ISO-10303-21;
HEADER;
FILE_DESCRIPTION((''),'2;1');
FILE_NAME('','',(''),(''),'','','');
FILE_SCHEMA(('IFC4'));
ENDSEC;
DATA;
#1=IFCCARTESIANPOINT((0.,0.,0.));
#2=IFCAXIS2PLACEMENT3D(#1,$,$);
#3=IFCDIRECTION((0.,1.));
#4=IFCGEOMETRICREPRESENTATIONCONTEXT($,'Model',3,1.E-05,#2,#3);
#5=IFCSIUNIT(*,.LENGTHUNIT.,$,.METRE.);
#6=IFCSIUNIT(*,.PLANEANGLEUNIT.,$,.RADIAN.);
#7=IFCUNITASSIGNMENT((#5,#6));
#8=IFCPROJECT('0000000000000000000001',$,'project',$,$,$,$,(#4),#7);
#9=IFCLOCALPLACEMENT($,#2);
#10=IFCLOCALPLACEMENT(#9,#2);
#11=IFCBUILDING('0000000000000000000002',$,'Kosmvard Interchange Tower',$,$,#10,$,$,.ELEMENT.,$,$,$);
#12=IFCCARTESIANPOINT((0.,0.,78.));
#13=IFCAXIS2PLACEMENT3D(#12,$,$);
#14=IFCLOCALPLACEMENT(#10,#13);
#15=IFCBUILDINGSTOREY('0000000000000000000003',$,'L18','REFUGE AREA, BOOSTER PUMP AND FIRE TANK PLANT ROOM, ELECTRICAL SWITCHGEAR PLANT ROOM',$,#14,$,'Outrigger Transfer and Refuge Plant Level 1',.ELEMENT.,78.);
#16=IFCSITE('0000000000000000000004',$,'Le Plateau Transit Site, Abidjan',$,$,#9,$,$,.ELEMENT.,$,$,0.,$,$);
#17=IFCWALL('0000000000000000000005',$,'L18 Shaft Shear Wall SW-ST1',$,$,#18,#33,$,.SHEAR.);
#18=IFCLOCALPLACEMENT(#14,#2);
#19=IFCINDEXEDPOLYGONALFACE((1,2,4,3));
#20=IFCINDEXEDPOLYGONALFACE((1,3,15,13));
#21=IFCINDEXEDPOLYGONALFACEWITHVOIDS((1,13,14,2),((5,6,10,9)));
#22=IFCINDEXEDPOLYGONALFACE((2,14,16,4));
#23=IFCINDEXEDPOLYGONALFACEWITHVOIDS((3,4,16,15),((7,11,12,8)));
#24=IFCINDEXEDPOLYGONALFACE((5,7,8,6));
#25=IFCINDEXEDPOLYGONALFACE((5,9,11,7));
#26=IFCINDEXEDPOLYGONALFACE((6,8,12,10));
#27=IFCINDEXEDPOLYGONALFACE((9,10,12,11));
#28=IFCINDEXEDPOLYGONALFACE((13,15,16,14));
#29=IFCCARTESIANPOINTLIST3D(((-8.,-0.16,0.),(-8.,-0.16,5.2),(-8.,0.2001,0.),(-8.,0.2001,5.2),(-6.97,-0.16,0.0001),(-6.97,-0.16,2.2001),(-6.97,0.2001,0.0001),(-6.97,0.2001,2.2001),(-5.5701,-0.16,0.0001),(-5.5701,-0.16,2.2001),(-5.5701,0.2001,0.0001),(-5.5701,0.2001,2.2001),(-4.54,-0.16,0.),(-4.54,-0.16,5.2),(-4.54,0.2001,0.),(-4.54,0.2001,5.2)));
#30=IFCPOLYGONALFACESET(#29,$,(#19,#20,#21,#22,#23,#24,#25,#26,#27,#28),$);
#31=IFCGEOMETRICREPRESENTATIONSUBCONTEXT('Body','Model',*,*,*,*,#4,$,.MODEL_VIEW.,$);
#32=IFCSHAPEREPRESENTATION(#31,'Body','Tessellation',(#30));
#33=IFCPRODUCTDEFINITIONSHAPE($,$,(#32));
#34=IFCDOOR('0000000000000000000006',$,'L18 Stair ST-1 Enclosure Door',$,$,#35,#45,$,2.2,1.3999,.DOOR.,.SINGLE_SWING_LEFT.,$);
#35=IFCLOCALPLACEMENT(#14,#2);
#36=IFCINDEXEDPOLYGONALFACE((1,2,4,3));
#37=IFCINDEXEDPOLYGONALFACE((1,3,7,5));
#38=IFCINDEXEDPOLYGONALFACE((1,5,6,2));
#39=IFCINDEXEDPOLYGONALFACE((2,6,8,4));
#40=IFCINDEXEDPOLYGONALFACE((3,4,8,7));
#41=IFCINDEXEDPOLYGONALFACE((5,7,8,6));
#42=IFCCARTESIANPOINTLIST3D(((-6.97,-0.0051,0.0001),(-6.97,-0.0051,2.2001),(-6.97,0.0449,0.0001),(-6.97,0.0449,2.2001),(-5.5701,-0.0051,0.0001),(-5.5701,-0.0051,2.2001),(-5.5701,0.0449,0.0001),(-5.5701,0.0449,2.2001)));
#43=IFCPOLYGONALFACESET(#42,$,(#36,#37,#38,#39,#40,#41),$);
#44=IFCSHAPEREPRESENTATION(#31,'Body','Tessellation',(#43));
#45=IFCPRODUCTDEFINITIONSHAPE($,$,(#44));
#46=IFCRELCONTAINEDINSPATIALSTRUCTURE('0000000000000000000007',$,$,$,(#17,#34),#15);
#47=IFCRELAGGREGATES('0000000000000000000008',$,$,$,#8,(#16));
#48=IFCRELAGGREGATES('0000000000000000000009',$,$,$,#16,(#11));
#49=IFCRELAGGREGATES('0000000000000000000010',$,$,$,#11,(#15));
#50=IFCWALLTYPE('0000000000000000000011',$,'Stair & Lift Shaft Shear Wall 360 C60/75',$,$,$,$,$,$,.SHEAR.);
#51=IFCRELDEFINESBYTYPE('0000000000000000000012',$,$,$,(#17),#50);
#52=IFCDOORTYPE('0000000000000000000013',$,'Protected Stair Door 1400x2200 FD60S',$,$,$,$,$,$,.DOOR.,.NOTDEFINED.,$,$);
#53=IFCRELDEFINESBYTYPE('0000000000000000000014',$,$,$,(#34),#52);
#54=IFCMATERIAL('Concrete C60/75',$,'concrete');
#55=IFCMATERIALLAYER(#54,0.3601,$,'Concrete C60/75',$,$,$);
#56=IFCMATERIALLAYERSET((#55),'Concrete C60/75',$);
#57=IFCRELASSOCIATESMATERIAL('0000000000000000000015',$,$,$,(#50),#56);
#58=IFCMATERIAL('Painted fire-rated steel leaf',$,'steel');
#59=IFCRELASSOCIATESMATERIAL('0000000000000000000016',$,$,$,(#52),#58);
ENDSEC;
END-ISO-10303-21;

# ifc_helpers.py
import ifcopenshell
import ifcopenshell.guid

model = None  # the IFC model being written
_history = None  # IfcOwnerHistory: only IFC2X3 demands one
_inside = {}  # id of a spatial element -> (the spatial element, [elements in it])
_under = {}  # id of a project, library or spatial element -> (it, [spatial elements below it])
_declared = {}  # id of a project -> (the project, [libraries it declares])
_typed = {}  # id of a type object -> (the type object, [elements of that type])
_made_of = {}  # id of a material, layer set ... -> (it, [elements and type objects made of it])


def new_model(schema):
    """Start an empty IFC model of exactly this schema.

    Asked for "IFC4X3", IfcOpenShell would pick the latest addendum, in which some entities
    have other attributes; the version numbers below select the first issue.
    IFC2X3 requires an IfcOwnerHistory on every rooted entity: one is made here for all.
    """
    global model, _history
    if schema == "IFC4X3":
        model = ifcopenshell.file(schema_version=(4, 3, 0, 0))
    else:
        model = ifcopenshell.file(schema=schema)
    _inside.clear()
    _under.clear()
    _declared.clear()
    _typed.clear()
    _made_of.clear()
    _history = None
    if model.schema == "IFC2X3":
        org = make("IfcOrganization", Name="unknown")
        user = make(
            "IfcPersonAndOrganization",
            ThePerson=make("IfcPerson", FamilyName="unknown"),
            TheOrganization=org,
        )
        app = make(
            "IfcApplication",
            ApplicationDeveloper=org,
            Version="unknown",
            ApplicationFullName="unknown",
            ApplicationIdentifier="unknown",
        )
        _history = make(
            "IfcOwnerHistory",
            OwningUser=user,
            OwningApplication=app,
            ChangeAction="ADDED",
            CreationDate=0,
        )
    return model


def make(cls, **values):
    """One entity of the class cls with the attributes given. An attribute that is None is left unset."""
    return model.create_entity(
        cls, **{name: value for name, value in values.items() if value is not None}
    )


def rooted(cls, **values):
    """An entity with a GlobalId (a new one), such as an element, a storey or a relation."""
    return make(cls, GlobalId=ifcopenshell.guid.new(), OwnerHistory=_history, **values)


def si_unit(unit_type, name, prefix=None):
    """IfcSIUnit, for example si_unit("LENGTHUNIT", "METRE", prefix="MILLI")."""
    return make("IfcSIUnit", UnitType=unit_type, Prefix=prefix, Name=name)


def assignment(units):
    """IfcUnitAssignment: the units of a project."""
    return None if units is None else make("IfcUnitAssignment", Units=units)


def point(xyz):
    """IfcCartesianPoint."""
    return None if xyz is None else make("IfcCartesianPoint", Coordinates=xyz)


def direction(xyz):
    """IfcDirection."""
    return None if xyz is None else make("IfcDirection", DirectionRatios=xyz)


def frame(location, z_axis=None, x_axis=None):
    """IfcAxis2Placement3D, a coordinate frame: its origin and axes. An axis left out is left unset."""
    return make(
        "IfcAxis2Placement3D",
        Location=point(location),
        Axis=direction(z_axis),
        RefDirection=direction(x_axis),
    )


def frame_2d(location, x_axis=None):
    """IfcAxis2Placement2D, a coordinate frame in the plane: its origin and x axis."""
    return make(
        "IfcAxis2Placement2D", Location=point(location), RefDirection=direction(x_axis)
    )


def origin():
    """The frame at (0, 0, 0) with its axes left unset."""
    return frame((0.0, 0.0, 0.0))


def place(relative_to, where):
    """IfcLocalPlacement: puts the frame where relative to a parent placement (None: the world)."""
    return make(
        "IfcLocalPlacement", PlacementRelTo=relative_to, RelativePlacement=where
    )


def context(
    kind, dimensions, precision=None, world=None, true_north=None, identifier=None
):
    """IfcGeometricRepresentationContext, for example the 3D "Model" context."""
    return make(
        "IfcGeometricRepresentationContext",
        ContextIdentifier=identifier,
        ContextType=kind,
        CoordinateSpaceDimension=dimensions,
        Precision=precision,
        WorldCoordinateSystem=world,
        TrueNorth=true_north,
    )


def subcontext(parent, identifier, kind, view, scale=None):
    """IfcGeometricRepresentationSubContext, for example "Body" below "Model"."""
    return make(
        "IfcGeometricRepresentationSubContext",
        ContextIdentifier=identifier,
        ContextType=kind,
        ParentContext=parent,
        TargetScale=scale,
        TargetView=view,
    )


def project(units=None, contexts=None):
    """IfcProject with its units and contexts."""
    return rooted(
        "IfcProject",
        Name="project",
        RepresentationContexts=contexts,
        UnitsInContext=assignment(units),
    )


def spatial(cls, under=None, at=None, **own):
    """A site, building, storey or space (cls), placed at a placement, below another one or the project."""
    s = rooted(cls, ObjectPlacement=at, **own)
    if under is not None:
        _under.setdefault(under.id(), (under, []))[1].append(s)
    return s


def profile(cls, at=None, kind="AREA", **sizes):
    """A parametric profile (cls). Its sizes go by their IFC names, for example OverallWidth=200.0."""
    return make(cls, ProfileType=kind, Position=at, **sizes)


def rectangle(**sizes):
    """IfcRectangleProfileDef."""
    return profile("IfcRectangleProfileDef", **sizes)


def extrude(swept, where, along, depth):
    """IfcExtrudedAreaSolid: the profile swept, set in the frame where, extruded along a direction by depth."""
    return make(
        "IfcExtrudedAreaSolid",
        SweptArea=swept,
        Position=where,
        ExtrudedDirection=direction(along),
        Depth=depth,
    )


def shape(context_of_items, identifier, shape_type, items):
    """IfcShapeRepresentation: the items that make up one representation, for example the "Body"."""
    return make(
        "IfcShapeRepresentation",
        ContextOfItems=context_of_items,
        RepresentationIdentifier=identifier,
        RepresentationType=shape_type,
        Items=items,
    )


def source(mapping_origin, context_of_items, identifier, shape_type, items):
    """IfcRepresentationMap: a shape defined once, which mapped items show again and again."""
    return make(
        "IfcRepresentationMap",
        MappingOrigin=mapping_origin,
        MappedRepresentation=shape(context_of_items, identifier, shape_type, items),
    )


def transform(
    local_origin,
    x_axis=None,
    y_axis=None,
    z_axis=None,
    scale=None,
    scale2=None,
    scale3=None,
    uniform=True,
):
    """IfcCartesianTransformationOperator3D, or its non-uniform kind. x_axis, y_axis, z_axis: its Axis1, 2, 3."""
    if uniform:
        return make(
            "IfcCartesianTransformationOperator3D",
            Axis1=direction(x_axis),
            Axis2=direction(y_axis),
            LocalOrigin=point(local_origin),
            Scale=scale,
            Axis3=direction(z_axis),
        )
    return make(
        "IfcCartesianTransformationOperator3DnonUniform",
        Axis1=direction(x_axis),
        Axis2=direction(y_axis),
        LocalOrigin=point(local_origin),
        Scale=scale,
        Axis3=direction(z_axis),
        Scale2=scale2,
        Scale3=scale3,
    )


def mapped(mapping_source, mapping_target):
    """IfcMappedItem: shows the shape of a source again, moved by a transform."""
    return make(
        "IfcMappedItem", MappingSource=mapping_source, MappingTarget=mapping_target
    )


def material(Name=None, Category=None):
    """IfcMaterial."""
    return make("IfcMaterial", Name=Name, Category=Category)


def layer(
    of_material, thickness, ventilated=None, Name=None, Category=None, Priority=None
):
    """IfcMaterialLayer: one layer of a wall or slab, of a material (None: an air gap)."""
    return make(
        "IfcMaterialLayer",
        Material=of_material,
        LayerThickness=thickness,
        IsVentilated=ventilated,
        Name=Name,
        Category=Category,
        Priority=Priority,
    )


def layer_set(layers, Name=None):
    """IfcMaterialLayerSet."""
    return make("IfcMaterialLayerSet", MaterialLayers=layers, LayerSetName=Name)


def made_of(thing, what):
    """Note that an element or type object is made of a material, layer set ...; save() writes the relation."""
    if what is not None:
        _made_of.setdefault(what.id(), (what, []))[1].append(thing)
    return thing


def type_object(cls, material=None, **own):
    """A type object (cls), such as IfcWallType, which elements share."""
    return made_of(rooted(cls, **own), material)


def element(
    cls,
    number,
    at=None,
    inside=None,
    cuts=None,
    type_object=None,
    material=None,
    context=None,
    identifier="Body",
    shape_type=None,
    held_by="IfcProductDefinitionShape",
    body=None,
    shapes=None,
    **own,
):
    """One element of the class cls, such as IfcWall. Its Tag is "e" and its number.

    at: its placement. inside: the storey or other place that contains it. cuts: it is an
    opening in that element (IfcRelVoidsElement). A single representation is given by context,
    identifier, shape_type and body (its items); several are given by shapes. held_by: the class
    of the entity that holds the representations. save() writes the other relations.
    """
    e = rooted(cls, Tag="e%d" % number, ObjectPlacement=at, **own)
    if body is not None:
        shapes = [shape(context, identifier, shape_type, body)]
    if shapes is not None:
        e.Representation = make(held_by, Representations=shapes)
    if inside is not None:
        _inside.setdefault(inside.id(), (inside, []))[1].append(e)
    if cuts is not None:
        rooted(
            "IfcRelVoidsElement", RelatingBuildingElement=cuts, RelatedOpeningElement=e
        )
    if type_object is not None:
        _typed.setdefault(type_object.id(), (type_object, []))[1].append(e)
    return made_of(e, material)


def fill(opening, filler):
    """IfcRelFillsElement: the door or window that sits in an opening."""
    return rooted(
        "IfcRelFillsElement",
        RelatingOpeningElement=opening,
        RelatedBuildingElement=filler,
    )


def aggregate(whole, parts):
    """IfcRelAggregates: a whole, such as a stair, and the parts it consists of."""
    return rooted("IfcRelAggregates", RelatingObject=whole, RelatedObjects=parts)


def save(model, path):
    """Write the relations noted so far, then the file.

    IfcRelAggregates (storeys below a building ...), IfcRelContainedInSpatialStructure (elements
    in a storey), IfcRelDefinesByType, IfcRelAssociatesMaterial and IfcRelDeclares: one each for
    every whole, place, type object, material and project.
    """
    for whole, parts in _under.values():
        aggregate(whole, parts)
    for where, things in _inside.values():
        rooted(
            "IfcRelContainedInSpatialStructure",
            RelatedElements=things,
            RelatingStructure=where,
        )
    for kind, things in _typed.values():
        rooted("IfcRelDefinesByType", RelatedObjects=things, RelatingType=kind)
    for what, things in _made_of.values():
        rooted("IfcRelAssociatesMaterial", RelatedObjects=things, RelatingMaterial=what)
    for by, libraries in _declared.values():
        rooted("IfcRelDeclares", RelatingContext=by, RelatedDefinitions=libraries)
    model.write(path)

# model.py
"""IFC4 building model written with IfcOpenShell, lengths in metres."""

from ifc_helpers import new_model, si_unit, direction, frame, frame_2d, origin, place, context, subcontext, project, spatial, rectangle, extrude, source, transform, mapped, material, layer, layer_set, type_object, element, fill, save


model = new_model("IFC4")

# Units and contexts
model_context = context("Model", 3, precision=1e-05, world=origin(), true_north=direction((0.0, 1.0)))
body_context = subcontext(model_context, "Body", "Model", "MODEL_VIEW")
ifc_project = project(units=[si_unit("LENGTHUNIT", "METRE"), si_unit("PLANEANGLEUNIT", "RADIAN")], contexts=[model_context])

# Site, building, storey
site_placement = place(None, origin())
site = spatial("IfcSite", under=ifc_project, at=site_placement, Name="Le Plateau Transit Site, Abidjan", CompositionType="ELEMENT", RefElevation=0.0)
building_placement = place(site_placement, origin())
building = spatial("IfcBuilding", under=site, at=building_placement, Name="Kosmvard Interchange Tower", CompositionType="ELEMENT")
storey_placement = place(building_placement, frame((0.0, 0.0, 78.0)))
storey = spatial("IfcBuildingStorey", under=building, at=storey_placement, Name="L18", Description="REFUGE AREA, BOOSTER PUMP AND FIRE TANK PLANT ROOM, ELECTRICAL SWITCHGEAR PLANT ROOM", LongName="Outrigger Transfer and Refuge Plant Level 1", CompositionType="ELEMENT", Elevation=78.0)

# Shared definitions
ifc_material_1 = material(Name="Concrete C60/75", Category="concrete")

# Shared definitions
ifc_material_2 = material(Name="Painted fire-rated steel leaf", Category="steel")

# Wall, opening, door
ifc_layer_1 = layer(ifc_material_1, 0.3601, Name="Concrete C60/75")
ifc_layer_set_1 = layer_set([ifc_layer_1], Name="Concrete C60/75")
wall_type_1 = type_object("IfcWallType", Name="Stair & Lift Shaft Shear Wall 360 C60/75", PredefinedType="SHEAR", material=ifc_layer_set_1)
wall_1_placement = place(storey_placement, frame((-8.0, 0.02, 0.0), z_axis=(0.0, 0.0, 1.0), x_axis=(1.0, 0.0, 0.0)))
wall_1 = element("IfcWall", 1, at=wall_1_placement, inside=storey, type_object=wall_type_1, Name="L18 Shaft Shear Wall SW-ST1", PredefinedType="SHEAR", context=body_context, shape_type="SweptSolid", body=[
    extrude(rectangle(XDim=3.46, YDim=0.3601, at=frame_2d((1.73, 0.0))), origin(), (0.0, 0.0, 1.0), 5.2),
])
opening_1_placement = place(wall_1_placement, frame((1.03, 0.0, 0.0)))
opening_1 = element("IfcOpeningElement", 2, at=opening_1_placement, cuts=wall_1, PredefinedType="OPENING", context=body_context, shape_type="SweptSolid", body=[
    extrude(rectangle(XDim=1.3999, YDim=2.2, at=frame_2d((0.7, 1.1001))), frame((0.0, 0.1899, 0.0), z_axis=(0.0, -1.0, 0.0), x_axis=(1.0, 0.0, 0.0)), (0.0, 0.0, 1.0), 0.3801),
])
door_type_1 = type_object("IfcDoorType", Name="Protected Stair Door 1400x2200 FD60S", OperationType="NOTDEFINED", PredefinedType="DOOR", material=ifc_material_2)
shared_shape_1 = source(origin(), body_context, "Body", "SweptSolid", [
    extrude(rectangle(XDim=1.3999, YDim=2.2, at=frame_2d((0.7, 1.1001))), frame((0.0, 0.0249, 0.0), z_axis=(0.0, -1.0, 0.0), x_axis=(1.0, 0.0, 0.0)), (0.0, 0.0, 1.0), 0.05),
])
door_1_placement = place(opening_1_placement, origin())
door_1 = element("IfcDoor", 3, at=door_1_placement, inside=storey, type_object=door_type_1, Name="L18 Stair ST-1 Enclosure Door", OperationType="SINGLE_SWING_LEFT", OverallHeight=2.2, OverallWidth=1.3999, PredefinedType="DOOR", context=body_context, shape_type="MappedRepresentation", body=[
    mapped(shared_shape_1, transform((0.0, 0.0, 0.0), scale=1.0)),
])
fill(opening_1, door_1)

save(model, "model.ifc")
